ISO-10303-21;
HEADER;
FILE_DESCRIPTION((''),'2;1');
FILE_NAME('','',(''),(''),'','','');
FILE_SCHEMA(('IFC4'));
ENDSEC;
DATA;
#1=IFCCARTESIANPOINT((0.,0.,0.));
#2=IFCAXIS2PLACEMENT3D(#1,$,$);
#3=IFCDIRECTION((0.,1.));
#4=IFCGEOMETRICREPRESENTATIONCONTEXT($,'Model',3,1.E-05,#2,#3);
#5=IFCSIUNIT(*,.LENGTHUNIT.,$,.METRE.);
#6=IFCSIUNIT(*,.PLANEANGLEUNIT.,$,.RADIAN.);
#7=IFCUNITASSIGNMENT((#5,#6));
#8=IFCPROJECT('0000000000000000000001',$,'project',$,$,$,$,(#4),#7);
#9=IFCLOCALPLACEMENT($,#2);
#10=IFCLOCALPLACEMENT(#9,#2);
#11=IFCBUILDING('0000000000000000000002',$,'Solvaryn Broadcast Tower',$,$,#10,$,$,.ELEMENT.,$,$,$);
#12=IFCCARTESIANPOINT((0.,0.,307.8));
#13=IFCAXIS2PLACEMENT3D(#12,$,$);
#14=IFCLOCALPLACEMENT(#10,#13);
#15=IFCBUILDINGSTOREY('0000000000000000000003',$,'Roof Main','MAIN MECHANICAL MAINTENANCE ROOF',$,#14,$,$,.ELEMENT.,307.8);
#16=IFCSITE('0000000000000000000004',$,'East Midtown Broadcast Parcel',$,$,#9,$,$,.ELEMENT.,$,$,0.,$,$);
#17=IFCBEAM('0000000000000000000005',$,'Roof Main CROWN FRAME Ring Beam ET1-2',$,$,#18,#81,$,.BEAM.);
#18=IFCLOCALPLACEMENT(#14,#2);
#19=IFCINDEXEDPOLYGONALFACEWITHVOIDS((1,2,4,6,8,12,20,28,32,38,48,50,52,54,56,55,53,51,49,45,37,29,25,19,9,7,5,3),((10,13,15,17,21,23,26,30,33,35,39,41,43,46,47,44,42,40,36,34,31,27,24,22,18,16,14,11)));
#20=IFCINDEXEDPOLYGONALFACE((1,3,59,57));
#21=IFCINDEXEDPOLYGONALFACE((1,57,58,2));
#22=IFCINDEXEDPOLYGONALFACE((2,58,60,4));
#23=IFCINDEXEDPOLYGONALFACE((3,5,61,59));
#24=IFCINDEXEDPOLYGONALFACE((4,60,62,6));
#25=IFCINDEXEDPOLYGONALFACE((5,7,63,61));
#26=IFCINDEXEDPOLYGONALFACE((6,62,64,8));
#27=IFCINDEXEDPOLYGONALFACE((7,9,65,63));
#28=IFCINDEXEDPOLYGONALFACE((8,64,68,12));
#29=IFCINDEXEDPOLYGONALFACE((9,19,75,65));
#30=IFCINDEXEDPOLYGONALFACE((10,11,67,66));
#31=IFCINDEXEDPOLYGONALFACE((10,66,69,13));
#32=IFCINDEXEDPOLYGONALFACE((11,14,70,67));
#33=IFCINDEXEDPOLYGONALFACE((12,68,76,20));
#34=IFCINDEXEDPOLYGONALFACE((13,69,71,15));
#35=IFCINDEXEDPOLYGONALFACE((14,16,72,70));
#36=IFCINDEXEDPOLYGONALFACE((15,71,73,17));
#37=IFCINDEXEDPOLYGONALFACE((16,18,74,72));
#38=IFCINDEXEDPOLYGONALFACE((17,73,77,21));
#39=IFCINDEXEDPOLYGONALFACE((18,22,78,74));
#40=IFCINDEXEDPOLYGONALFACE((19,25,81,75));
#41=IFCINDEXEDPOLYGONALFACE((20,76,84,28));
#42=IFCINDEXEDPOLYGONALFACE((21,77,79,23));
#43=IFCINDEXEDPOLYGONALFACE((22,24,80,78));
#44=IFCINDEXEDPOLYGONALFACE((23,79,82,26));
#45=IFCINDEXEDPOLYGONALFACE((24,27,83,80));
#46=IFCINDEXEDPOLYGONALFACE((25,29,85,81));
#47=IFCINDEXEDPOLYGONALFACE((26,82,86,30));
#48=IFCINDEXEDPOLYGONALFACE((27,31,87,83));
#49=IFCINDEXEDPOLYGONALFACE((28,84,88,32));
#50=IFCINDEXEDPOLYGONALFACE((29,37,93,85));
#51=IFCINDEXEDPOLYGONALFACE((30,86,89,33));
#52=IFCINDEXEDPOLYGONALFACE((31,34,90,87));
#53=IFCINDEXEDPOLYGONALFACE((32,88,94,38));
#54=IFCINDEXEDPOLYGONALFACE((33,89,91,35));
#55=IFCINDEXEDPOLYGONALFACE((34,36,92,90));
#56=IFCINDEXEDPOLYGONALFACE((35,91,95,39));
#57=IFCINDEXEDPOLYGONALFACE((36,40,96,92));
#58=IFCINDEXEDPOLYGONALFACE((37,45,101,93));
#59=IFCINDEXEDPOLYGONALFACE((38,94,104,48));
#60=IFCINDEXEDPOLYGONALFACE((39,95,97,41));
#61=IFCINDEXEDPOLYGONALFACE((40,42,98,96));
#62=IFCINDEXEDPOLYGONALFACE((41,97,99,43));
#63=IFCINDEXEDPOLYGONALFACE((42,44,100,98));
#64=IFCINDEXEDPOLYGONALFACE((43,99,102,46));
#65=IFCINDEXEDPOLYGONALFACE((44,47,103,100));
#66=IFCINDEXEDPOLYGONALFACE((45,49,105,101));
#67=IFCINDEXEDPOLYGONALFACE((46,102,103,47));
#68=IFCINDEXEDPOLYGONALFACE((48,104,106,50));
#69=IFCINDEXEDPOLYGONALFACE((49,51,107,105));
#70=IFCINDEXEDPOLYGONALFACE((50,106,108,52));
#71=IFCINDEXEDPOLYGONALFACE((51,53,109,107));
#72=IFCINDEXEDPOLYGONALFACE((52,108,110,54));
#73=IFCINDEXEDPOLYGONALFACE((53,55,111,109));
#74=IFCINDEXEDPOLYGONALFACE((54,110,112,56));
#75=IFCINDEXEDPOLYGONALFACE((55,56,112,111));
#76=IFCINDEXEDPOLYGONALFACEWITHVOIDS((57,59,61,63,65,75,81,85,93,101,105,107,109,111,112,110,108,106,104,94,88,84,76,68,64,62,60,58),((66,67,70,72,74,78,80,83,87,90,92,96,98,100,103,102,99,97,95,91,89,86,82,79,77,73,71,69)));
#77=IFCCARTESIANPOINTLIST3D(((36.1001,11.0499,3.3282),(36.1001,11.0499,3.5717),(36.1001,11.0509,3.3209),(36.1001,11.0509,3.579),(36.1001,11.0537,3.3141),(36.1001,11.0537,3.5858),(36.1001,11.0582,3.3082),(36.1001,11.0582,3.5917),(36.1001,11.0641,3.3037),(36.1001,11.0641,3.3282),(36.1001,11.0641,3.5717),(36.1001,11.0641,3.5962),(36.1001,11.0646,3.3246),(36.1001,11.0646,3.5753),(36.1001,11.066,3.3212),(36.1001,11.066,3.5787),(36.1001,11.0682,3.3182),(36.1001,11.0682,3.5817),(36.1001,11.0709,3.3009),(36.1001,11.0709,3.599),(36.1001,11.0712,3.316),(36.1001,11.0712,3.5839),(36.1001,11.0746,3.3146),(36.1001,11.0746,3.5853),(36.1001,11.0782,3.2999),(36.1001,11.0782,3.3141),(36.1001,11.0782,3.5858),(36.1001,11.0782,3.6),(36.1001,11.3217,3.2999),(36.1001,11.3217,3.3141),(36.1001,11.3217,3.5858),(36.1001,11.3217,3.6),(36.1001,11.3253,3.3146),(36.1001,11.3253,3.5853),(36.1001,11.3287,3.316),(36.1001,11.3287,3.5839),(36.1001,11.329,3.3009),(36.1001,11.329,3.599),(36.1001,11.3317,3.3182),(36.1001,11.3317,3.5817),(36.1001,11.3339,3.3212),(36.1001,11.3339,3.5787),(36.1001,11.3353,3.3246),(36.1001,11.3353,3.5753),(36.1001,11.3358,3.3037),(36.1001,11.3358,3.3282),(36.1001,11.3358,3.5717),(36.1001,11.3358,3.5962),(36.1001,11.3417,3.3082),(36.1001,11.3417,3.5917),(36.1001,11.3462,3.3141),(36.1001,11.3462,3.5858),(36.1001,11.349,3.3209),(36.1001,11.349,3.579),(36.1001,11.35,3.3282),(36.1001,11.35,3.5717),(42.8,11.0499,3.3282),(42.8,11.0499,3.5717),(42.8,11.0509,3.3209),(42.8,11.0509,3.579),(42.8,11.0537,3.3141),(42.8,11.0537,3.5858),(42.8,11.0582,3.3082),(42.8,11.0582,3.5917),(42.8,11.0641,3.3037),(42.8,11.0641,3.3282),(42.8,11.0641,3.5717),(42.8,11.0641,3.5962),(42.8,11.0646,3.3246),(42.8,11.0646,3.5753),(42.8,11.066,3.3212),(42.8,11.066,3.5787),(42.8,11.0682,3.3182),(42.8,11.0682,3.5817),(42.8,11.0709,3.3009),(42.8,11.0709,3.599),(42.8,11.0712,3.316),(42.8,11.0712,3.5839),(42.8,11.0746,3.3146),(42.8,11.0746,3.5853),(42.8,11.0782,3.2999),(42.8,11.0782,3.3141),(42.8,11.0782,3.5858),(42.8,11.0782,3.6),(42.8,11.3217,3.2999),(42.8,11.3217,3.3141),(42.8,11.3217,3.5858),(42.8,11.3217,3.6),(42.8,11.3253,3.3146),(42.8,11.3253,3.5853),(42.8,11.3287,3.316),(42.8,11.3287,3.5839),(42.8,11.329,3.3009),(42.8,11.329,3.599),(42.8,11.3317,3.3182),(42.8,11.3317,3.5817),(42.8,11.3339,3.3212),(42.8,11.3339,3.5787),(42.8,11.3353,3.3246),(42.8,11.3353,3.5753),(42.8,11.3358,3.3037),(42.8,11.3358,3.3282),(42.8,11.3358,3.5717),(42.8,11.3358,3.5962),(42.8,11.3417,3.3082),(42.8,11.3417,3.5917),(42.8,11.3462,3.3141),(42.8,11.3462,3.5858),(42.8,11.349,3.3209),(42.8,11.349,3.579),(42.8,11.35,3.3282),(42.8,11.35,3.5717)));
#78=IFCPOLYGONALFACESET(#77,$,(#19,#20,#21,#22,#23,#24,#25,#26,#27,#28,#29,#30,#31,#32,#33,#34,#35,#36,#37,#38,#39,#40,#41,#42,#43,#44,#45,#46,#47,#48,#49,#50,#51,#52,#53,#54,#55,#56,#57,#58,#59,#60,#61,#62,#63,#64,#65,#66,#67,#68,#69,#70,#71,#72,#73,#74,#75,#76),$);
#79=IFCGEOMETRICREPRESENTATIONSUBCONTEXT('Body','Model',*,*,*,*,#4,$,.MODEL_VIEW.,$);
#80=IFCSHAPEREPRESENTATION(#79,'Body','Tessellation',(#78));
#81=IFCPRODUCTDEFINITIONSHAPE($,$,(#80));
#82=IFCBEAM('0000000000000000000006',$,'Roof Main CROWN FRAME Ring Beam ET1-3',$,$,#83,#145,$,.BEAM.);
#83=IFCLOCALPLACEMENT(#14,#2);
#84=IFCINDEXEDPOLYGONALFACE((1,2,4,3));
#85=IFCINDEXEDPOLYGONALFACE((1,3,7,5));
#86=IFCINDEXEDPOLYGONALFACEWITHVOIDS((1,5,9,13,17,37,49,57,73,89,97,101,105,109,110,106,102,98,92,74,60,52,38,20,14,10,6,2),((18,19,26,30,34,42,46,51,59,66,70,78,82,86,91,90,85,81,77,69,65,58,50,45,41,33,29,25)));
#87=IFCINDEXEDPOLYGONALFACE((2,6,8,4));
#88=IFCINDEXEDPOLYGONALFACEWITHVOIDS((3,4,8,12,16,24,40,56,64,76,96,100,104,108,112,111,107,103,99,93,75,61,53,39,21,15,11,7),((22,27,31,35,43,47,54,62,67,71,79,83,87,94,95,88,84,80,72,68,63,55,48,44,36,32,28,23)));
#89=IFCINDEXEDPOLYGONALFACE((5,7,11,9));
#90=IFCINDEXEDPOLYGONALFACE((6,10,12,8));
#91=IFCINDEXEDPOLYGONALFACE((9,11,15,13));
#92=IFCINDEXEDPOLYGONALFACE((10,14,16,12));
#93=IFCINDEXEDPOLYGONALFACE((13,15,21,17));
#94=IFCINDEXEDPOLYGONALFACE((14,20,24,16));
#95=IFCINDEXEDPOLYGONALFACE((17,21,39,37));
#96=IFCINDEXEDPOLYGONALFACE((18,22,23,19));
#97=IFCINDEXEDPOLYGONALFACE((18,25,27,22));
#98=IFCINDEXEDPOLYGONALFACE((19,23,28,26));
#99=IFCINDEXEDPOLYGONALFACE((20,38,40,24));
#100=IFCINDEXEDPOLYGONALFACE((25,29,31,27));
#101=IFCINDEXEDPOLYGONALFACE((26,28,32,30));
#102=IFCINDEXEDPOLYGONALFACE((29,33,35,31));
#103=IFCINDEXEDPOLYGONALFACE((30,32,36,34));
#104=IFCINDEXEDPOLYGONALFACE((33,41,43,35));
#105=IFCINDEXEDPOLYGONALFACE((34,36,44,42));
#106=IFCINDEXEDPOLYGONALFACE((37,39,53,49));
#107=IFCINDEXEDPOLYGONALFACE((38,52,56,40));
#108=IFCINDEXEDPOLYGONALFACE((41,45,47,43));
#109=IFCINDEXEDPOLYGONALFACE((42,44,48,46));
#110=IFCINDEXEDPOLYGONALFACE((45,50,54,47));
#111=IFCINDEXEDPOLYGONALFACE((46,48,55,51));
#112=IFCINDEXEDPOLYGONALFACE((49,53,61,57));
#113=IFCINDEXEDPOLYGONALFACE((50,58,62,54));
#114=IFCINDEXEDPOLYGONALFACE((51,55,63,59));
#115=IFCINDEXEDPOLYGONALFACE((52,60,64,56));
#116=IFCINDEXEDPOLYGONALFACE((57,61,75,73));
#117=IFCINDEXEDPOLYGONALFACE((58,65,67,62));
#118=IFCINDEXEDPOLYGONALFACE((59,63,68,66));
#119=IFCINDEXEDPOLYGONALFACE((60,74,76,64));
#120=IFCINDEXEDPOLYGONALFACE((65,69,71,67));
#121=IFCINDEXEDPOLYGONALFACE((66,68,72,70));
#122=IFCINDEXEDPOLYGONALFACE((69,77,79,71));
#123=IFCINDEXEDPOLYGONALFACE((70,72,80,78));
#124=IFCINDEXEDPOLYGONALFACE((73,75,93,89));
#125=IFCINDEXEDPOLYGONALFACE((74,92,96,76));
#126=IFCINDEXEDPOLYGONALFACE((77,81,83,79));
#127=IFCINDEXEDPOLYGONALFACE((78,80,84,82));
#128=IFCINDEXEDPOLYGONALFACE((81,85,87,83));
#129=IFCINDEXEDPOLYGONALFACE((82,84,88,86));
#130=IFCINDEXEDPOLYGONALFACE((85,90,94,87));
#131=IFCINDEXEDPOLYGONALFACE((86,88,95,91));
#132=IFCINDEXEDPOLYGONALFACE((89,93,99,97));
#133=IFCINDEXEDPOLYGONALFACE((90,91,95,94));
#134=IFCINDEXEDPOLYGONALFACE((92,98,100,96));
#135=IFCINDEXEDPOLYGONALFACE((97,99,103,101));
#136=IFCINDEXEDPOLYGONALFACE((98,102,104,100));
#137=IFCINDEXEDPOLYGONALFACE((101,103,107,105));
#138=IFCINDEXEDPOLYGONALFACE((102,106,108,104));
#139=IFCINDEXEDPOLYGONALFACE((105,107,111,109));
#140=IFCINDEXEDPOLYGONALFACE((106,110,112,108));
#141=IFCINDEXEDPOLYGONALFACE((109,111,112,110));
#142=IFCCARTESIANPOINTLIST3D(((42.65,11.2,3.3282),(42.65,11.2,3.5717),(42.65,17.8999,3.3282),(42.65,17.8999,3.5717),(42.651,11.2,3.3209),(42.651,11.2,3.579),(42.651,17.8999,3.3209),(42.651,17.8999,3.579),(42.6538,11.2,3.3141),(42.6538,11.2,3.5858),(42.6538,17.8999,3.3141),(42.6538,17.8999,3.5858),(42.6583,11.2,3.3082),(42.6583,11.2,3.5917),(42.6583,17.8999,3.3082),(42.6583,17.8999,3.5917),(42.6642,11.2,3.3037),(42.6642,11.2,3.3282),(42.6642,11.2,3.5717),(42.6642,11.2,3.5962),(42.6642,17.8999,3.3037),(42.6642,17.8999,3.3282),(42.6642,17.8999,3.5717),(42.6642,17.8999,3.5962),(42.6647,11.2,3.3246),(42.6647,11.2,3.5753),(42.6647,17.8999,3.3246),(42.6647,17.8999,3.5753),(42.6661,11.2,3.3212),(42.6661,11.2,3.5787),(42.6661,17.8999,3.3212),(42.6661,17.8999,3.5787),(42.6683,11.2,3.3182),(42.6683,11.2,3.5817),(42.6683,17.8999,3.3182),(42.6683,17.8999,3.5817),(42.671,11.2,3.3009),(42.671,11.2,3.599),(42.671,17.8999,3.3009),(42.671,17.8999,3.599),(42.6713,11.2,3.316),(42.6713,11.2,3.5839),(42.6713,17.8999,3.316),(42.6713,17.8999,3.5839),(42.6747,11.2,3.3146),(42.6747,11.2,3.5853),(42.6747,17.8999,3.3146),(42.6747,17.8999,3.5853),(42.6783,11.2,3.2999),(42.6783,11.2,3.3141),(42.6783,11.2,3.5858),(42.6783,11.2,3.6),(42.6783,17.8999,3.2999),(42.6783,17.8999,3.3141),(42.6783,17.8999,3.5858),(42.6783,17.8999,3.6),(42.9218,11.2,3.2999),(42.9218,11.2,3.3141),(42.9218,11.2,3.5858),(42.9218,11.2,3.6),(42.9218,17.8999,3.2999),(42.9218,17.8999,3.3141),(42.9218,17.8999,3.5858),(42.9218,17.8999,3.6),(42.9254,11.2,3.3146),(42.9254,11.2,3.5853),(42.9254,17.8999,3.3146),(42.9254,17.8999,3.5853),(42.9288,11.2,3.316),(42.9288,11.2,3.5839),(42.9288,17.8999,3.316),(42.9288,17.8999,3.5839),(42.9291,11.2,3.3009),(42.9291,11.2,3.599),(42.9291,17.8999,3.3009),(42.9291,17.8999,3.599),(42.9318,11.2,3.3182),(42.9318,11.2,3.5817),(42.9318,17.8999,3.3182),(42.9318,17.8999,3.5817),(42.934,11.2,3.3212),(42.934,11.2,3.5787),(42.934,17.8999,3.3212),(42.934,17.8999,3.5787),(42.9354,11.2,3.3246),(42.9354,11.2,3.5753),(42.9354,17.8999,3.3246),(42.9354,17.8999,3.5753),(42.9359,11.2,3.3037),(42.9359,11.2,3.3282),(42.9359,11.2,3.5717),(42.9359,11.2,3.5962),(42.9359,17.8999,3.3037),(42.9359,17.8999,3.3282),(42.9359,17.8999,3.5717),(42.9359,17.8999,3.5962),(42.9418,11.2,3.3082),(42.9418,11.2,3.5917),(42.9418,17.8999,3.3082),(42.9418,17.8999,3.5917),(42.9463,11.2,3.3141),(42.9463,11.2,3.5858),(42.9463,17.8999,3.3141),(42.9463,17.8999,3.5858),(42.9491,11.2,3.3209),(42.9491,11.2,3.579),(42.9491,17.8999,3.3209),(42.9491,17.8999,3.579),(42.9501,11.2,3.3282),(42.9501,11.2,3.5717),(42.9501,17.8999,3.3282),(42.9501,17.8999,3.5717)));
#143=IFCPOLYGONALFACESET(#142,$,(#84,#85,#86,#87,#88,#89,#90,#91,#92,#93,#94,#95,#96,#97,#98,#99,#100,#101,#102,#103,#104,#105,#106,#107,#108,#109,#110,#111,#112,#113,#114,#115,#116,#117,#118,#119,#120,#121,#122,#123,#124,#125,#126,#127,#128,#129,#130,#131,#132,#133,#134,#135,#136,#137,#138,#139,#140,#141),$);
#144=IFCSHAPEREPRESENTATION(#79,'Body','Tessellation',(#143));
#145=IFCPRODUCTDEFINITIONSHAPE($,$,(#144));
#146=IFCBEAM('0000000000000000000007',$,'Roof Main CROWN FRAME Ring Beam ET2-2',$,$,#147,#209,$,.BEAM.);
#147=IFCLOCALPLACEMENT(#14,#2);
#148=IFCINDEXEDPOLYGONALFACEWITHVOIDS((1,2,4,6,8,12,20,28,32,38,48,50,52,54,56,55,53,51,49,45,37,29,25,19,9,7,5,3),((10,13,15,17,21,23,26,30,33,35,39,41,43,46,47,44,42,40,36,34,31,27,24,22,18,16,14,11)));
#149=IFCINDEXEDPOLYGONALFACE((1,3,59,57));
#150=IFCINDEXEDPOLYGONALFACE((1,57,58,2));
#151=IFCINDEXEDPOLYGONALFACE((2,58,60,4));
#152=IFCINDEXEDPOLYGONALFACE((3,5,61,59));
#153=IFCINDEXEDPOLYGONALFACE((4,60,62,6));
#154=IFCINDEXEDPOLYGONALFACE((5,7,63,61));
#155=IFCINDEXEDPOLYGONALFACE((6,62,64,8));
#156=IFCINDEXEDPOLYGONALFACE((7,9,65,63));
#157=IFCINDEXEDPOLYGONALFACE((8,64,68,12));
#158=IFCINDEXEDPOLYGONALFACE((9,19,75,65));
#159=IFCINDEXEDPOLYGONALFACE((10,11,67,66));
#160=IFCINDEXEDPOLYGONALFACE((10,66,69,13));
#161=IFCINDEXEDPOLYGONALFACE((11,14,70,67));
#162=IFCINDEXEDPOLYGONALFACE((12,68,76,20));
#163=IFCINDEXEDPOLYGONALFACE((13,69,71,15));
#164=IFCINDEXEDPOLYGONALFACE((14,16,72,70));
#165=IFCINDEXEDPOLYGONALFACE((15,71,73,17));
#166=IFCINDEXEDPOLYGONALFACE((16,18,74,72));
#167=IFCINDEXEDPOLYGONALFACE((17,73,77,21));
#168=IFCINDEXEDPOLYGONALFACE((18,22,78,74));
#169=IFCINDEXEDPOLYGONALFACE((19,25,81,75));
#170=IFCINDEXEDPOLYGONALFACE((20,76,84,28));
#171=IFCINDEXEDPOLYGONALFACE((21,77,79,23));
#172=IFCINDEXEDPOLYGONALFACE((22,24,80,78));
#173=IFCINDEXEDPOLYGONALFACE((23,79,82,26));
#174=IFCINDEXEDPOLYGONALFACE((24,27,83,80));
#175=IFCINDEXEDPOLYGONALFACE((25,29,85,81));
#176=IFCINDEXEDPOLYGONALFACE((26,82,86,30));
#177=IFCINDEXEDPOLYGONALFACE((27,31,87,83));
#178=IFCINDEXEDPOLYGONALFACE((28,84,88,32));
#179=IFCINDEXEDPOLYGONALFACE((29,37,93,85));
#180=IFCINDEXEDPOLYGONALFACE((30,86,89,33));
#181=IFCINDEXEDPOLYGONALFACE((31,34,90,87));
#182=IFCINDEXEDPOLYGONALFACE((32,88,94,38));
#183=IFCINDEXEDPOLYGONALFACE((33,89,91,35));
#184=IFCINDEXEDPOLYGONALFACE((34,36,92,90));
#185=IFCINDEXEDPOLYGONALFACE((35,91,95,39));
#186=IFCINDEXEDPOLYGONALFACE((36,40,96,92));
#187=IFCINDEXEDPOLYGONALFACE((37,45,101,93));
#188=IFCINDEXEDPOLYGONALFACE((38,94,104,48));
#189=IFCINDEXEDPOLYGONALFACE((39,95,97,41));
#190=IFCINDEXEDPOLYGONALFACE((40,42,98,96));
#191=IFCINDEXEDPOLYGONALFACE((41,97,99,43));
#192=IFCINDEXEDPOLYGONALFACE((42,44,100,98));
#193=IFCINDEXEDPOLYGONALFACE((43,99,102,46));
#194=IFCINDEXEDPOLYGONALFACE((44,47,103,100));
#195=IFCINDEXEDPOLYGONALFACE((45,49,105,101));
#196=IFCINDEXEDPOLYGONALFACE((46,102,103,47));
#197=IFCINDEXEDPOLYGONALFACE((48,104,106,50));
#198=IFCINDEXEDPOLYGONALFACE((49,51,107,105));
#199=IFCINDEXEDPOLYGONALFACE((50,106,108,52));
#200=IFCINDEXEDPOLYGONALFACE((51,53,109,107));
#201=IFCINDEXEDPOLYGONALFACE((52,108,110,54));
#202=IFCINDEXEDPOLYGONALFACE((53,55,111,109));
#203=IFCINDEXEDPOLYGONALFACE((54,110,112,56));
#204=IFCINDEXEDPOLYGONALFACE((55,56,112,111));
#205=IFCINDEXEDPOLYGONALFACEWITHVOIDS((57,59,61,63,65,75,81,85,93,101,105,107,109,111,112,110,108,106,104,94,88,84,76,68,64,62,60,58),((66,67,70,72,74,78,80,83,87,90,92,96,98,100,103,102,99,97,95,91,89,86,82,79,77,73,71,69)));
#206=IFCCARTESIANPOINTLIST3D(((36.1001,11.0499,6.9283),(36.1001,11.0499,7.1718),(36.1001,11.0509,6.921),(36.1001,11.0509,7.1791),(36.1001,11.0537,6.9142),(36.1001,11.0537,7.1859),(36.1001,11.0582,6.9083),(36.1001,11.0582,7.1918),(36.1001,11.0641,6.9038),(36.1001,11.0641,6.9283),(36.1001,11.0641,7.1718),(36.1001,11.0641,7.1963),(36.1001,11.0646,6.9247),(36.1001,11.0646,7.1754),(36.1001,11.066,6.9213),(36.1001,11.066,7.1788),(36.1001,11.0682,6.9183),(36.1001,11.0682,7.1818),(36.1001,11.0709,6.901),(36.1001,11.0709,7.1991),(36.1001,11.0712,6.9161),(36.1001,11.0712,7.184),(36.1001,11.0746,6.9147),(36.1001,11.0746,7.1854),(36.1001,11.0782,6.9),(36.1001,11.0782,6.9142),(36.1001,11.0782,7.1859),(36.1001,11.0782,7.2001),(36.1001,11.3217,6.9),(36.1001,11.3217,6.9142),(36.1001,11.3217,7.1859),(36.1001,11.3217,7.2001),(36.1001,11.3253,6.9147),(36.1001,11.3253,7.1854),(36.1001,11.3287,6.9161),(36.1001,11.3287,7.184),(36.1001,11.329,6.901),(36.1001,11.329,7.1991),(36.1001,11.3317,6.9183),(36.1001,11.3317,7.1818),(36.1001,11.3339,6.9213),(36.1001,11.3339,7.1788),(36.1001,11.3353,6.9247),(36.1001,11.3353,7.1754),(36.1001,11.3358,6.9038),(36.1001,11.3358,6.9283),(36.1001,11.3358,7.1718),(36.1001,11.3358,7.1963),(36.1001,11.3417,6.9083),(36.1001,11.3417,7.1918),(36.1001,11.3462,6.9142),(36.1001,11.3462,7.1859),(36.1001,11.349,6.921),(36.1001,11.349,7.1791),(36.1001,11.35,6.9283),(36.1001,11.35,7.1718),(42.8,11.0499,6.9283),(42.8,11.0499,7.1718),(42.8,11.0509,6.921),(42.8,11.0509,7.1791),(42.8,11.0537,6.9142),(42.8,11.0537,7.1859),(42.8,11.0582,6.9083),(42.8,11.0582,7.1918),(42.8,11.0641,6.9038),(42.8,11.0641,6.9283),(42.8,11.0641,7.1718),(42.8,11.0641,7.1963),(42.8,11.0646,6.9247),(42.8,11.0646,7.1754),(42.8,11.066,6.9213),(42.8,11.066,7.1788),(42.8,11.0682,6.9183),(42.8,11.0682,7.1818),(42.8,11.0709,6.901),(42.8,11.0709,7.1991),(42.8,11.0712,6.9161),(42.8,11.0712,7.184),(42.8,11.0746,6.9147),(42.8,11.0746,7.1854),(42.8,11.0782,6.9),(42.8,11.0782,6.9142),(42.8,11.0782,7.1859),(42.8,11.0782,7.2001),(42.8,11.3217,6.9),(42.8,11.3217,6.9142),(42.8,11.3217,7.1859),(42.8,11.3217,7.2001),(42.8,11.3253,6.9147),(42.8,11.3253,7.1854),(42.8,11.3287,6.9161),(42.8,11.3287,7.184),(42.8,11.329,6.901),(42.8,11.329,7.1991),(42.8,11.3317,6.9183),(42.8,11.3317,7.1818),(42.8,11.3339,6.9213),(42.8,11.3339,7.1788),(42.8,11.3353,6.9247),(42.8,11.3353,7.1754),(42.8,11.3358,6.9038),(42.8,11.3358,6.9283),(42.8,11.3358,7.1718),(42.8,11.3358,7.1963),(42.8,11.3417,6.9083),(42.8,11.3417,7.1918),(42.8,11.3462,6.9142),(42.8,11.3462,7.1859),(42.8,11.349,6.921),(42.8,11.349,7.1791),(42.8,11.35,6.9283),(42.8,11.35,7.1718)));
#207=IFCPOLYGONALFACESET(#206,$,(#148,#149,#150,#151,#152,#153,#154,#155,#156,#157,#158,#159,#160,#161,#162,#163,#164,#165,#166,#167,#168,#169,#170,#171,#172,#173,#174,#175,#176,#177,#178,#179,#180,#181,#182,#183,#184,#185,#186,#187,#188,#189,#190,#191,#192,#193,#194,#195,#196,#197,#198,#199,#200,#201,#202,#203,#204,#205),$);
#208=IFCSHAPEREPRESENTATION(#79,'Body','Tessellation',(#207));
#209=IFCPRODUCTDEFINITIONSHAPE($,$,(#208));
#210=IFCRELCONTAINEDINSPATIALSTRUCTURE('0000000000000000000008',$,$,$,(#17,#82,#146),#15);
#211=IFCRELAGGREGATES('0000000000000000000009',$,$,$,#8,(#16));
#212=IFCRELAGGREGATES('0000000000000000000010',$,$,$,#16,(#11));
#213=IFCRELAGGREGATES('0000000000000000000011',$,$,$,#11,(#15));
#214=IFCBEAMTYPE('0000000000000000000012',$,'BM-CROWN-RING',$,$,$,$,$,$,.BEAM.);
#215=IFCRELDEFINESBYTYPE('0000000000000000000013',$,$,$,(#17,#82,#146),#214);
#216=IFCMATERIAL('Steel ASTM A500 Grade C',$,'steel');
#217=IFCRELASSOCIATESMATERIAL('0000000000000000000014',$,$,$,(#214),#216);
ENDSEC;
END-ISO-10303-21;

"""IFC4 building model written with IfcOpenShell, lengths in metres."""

from ifc_helpers import new_model, si_unit, direction, frame, origin, origin_2d, place, context, subcontext, project, spatial, hollow_rectangle, extrude, material, material_profile, profile_set, type_object, element, save


model = new_model("IFC4")

# Units and contexts
model_context = context("Model", 3, precision=1e-05, world=origin(), true_north=direction((0.0, 1.0)))
body_context = subcontext(model_context, "Body", "Model", "MODEL_VIEW")
ifc_project = project(units=[si_unit("LENGTHUNIT", "METRE"), si_unit("PLANEANGLEUNIT", "RADIAN")], contexts=[model_context])

# Site, building, storey
site_placement = place(None, origin())
site = spatial("IfcSite", under=ifc_project, at=site_placement, Name="East Midtown Broadcast Parcel", CompositionType="ELEMENT", RefElevation=0.0)
building_placement = place(site_placement, origin())
building = spatial("IfcBuilding", under=site, at=building_placement, Name="Solvaryn Broadcast Tower", CompositionType="ELEMENT")
storey_placement = place(building_placement, frame((0.0, 0.0, 307.8)))
storey = spatial("IfcBuildingStorey", under=building, at=storey_placement, Name="Roof Main", Description="MAIN MECHANICAL MAINTENANCE ROOF", CompositionType="ELEMENT", Elevation=307.8)

# Beams
ifc_material_1 = material(Name="Steel ASTM A500 Grade C", Category="steel")
ifc_material_profile_1 = material_profile(ifc_material_1, hollow_rectangle(XDim=0.3, YDim=0.3, WallThickness=0.0142, InnerFilletRadius=0.0142, OuterFilletRadius=0.0283, at=origin_2d()))
ifc_profile_set_1 = profile_set([ifc_material_profile_1], Name="Steel ASTM A500 Grade C")
beam_type_1 = type_object("IfcBeamType", Name="BM-CROWN-RING", PredefinedType="BEAM", material=ifc_profile_set_1)
for number, where, z_axis, x_axis, name in (
    (1, (36.1001, 11.2, 3.45), (1.0, 0.0, 0.0), (0.0, 1.0, 0.0), "Roof Main CROWN FRAME Ring Beam ET1-2"),
    (2, (42.8, 11.2, 3.45), (0.0, 1.0, 0.0), (-1.0, 0.0, 0.0), "Roof Main CROWN FRAME Ring Beam ET1-3"),
    (3, (36.1001, 11.2, 7.05), (1.0, 0.0, 0.0), (0.0, 1.0, 0.0), "Roof Main CROWN FRAME Ring Beam ET2-2"),
):
    element("IfcBeam", number, at=place(storey_placement, frame(where, z_axis=z_axis, x_axis=x_axis)), inside=storey, type_object=beam_type_1, Name=name, PredefinedType="BEAM", context=body_context, shape_type="SweptSolid", body=[
        extrude(hollow_rectangle(XDim=0.3, YDim=0.3, WallThickness=0.0142, InnerFilletRadius=0.0142, OuterFilletRadius=0.0283, at=origin_2d()), origin(), (0.0, 0.0, 1.0), 6.7),
    ])

save(model, "model.ifc")
